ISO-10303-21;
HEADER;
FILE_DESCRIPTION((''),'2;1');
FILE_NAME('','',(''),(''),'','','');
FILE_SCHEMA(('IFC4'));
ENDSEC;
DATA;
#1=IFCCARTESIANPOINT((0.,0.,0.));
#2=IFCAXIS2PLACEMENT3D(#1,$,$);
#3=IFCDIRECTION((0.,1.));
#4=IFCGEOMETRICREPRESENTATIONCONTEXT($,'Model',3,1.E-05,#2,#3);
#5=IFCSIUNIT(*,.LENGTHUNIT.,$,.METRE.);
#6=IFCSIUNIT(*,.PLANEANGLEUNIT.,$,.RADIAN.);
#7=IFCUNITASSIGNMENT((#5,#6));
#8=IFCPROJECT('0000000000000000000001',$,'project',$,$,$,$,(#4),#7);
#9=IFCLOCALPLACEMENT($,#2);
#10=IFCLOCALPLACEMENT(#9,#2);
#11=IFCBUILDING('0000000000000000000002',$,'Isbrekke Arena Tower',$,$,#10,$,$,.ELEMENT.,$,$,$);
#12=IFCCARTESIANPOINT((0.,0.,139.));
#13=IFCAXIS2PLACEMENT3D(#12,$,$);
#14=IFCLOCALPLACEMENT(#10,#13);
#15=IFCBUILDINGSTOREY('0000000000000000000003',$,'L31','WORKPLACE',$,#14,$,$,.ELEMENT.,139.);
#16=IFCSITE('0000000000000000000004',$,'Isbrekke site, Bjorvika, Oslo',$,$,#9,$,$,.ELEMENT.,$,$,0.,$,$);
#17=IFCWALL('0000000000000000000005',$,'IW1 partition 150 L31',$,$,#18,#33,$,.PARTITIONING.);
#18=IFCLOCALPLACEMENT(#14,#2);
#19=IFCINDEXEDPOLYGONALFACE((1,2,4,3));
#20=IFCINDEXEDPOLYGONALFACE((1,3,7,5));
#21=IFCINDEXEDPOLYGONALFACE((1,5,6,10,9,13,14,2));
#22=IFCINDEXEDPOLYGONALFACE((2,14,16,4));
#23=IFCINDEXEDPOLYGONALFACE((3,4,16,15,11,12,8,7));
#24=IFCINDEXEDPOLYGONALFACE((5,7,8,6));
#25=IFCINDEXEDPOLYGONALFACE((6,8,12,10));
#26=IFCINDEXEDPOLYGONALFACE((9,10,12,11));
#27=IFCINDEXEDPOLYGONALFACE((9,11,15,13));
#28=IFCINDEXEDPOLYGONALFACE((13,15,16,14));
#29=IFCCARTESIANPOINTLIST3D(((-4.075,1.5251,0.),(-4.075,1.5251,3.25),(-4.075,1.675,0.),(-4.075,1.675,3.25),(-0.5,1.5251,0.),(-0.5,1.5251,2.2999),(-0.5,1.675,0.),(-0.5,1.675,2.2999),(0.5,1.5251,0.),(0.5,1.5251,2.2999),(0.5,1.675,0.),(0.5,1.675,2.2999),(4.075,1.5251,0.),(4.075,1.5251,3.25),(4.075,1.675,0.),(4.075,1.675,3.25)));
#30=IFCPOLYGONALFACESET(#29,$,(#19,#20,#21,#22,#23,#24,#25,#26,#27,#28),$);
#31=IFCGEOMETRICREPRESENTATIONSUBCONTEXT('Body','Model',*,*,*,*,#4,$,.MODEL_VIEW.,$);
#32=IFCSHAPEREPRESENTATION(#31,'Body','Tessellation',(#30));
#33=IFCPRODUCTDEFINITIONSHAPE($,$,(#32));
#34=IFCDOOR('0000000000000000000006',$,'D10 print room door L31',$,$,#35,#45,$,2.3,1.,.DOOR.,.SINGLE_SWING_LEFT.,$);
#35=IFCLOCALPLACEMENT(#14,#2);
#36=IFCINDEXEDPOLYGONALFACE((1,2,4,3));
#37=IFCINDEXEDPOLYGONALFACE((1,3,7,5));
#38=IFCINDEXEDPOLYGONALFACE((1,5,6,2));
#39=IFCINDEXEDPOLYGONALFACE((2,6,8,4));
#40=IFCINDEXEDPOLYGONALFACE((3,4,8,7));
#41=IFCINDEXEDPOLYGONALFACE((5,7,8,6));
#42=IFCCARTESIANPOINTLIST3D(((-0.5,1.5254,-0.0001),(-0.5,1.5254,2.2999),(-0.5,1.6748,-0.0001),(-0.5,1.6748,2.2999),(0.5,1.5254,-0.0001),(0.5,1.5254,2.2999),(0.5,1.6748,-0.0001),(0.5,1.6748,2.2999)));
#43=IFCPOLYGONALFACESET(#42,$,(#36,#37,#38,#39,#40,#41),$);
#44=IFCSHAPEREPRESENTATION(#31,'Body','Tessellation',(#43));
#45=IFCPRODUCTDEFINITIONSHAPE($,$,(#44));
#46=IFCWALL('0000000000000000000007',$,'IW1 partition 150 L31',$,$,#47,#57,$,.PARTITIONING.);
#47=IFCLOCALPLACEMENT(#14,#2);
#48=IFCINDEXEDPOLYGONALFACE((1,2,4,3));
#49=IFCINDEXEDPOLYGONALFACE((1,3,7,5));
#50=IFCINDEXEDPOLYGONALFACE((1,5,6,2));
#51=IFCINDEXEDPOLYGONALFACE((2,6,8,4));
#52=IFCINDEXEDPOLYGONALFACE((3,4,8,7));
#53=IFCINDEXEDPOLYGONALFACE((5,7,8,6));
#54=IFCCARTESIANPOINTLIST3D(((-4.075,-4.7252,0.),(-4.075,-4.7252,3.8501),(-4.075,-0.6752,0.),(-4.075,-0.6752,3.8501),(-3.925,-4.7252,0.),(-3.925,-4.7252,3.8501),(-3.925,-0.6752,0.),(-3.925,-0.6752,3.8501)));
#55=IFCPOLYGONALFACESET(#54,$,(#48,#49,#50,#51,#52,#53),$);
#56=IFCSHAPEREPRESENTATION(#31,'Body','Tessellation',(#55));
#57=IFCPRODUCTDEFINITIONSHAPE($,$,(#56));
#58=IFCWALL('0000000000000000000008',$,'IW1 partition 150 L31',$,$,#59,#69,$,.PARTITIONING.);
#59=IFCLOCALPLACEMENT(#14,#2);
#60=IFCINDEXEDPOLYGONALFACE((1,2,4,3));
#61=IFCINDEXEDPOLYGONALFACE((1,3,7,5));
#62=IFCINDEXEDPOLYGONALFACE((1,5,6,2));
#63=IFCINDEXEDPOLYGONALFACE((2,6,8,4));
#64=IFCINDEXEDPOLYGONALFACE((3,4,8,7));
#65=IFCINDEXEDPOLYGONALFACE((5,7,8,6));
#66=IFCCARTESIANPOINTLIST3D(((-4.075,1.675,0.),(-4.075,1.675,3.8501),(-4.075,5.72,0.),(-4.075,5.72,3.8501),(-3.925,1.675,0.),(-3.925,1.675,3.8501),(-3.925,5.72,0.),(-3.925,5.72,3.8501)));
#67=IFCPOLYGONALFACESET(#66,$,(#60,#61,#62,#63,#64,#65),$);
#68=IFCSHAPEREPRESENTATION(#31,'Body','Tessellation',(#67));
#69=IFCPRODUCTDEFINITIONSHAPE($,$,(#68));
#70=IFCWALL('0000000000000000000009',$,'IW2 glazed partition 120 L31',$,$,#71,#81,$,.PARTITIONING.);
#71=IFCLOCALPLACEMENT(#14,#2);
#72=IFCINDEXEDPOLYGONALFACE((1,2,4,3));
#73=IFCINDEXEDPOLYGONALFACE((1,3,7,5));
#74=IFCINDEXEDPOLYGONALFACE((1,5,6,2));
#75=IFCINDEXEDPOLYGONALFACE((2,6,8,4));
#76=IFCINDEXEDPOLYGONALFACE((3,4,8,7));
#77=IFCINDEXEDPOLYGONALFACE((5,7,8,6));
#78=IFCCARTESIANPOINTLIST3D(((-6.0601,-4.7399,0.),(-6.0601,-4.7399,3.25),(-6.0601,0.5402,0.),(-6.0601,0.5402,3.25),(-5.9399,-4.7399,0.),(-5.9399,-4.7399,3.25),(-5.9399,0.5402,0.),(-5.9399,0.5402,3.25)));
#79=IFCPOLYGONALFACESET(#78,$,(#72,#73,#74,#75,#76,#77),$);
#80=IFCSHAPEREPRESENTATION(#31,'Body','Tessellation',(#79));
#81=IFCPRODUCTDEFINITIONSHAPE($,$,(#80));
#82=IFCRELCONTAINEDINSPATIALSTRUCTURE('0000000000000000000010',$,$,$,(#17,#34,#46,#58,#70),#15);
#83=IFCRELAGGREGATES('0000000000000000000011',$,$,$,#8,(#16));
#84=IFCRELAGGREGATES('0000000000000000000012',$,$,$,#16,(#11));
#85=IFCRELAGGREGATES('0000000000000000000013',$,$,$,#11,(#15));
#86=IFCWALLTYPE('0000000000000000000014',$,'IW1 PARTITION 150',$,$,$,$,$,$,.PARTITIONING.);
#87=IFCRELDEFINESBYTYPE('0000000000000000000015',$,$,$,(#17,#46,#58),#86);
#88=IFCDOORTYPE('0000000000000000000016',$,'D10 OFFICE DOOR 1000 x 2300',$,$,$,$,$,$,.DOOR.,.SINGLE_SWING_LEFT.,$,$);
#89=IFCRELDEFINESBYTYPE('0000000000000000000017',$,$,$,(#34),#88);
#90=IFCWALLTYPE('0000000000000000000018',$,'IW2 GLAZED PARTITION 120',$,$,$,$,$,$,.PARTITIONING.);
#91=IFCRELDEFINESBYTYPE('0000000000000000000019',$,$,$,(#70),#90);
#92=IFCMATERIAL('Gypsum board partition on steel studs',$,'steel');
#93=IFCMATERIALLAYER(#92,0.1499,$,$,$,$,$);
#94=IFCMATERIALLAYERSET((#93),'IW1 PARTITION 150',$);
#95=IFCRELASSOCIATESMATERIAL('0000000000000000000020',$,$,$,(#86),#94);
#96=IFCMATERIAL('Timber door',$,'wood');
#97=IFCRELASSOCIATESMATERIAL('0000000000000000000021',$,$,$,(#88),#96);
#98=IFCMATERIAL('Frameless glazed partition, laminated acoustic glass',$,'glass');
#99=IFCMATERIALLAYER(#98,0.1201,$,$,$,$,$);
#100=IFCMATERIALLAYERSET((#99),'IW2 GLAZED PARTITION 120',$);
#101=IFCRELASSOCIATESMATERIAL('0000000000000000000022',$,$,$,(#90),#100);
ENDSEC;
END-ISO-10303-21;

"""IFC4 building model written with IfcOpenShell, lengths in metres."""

from ifc_helpers import new_model, si_unit, direction, frame, frame_2d, origin, place, context, subcontext, project, spatial, rectangle, extrude, material, layer, layer_set, type_object, element, fill, save


model = new_model("IFC4")

# Units and contexts
model_context = context("Model", 3, precision=1e-05, world=origin(), true_north=direction((0.0, 1.0)))
body_context = subcontext(model_context, "Body", "Model", "MODEL_VIEW")
ifc_project = project(units=[si_unit("LENGTHUNIT", "METRE"), si_unit("PLANEANGLEUNIT", "RADIAN")], contexts=[model_context])

# Site, building, storey
site_placement = place(None, origin())
site = spatial("IfcSite", under=ifc_project, at=site_placement, Name="Isbrekke site, Bjorvika, Oslo", CompositionType="ELEMENT", RefElevation=0.0)
building_placement = place(site_placement, origin())
building = spatial("IfcBuilding", under=site, at=building_placement, Name="Isbrekke Arena Tower", CompositionType="ELEMENT")
storey_placement = place(building_placement, frame((0.0, 0.0, 139.0)))
storey = spatial("IfcBuildingStorey", under=building, at=storey_placement, Name="L31", Description="WORKPLACE", CompositionType="ELEMENT", Elevation=139.0)

# Shared definitions
ifc_material_1 = material(Name="Gypsum board partition on steel studs", Category="steel")
ifc_layer_1 = layer(ifc_material_1, 0.1499)
ifc_layer_set_1 = layer_set([ifc_layer_1], Name="IW1 PARTITION 150")
wall_type_1 = type_object("IfcWallType", Name="IW1 PARTITION 150", PredefinedType="PARTITIONING", material=ifc_layer_set_1)

# Wall, opening, door
ifc_material_2 = material(Name="Timber door", Category="wood")
door_type = type_object("IfcDoorType", Name="D10 OFFICE DOOR 1000 x 2300", OperationType="SINGLE_SWING_LEFT", PredefinedType="DOOR", material=ifc_material_2)
wall_1_placement = place(storey_placement, frame((-4.075, 1.6001, 0.0), z_axis=(0.0, 0.0, 1.0), x_axis=(1.0, 0.0, 0.0)))
wall_1 = element("IfcWall", 1, at=wall_1_placement, inside=storey, type_object=wall_type_1, Name="IW1 partition 150 L31", PredefinedType="PARTITIONING", context=body_context, shape_type="SweptSolid", body=[
    extrude(rectangle(XDim=8.1499, YDim=0.1499, at=frame_2d((4.075, 0.0))), origin(), (0.0, 0.0, 1.0), 3.25),
])
opening_1_placement = place(wall_1_placement, frame((3.575, 0.0, 0.0)))
opening_1 = element("IfcOpeningElement", 2, at=opening_1_placement, cuts=wall_1, PredefinedType="OPENING", context=body_context, shape_type="SweptSolid", body=[
    extrude(rectangle(XDim=1.0, YDim=2.3, at=frame_2d((0.5, 1.1499))), frame((0.0, 0.0898, 0.0), z_axis=(0.0, -1.0, 0.0), x_axis=(1.0, 0.0, 0.0)), (0.0, 0.0, 1.0), 0.1797),
])
door_1_placement = place(opening_1_placement, origin())
door_1 = element("IfcDoor", 3, at=door_1_placement, inside=storey, type_object=door_type, Name="D10 print room door L31", OperationType="SINGLE_SWING_LEFT", OverallHeight=2.3, OverallWidth=1.0, PredefinedType="DOOR", context=body_context, shape_type="SweptSolid", body=[
    extrude(rectangle(XDim=1.0, YDim=2.3, at=frame_2d((0.5, 1.1499))), frame((0.0, 0.0747, 0.0), z_axis=(0.0, -1.0, 0.0), x_axis=(1.0, 0.0, 0.0)), (0.0, 0.0, 1.0), 0.1494),
])
fill(opening_1, door_1)

# Walls
wall_2_placement = place(storey_placement, frame((-4.0, -4.7251, 0.0), z_axis=(0.0, 0.0, 1.0), x_axis=(0.0, 1.0, 0.0)))
element("IfcWall", 4, at=wall_2_placement, inside=storey, type_object=wall_type_1, Name="IW1 partition 150 L31", PredefinedType="PARTITIONING", context=body_context, shape_type="SweptSolid", body=[
    extrude(rectangle(XDim=4.05, YDim=0.1499, at=frame_2d((2.0249, 0.0))), origin(), (0.0, 0.0, 1.0), 3.8501),
])
wall_3_placement = place(storey_placement, frame((-4.0, 1.675, 0.0), z_axis=(0.0, 0.0, 1.0), x_axis=(0.0, 1.0, 0.0)))
element("IfcWall", 5, at=wall_3_placement, inside=storey, type_object=wall_type_1, Name="IW1 partition 150 L31", PredefinedType="PARTITIONING", context=body_context, shape_type="SweptSolid", body=[
    extrude(rectangle(XDim=4.0449, YDim=0.1499, at=frame_2d((2.0225, 0.0))), origin(), (0.0, 0.0, 1.0), 3.8501),
])
ifc_material_3 = material(Name="Frameless glazed partition, laminated acoustic glass", Category="glass")
ifc_layer_2 = layer(ifc_material_3, 0.1201)
ifc_layer_set_2 = layer_set([ifc_layer_2], Name="IW2 GLAZED PARTITION 120")
wall_type_2 = type_object("IfcWallType", Name="IW2 GLAZED PARTITION 120", PredefinedType="PARTITIONING", material=ifc_layer_set_2)
wall_4_placement = place(storey_placement, frame((-6.0, -4.74, 0.0), z_axis=(0.0, 0.0, 1.0), x_axis=(0.0, 1.0, 0.0)))
element("IfcWall", 6, at=wall_4_placement, inside=storey, type_object=wall_type_2, Name="IW2 glazed partition 120 L31", PredefinedType="PARTITIONING", context=body_context, shape_type="SweptSolid", body=[
    extrude(rectangle(XDim=5.28, YDim=0.1201, at=frame_2d((2.6401, 0.0))), origin(), (0.0, 0.0, 1.0), 3.25),
])

save(model, "model.ifc")
